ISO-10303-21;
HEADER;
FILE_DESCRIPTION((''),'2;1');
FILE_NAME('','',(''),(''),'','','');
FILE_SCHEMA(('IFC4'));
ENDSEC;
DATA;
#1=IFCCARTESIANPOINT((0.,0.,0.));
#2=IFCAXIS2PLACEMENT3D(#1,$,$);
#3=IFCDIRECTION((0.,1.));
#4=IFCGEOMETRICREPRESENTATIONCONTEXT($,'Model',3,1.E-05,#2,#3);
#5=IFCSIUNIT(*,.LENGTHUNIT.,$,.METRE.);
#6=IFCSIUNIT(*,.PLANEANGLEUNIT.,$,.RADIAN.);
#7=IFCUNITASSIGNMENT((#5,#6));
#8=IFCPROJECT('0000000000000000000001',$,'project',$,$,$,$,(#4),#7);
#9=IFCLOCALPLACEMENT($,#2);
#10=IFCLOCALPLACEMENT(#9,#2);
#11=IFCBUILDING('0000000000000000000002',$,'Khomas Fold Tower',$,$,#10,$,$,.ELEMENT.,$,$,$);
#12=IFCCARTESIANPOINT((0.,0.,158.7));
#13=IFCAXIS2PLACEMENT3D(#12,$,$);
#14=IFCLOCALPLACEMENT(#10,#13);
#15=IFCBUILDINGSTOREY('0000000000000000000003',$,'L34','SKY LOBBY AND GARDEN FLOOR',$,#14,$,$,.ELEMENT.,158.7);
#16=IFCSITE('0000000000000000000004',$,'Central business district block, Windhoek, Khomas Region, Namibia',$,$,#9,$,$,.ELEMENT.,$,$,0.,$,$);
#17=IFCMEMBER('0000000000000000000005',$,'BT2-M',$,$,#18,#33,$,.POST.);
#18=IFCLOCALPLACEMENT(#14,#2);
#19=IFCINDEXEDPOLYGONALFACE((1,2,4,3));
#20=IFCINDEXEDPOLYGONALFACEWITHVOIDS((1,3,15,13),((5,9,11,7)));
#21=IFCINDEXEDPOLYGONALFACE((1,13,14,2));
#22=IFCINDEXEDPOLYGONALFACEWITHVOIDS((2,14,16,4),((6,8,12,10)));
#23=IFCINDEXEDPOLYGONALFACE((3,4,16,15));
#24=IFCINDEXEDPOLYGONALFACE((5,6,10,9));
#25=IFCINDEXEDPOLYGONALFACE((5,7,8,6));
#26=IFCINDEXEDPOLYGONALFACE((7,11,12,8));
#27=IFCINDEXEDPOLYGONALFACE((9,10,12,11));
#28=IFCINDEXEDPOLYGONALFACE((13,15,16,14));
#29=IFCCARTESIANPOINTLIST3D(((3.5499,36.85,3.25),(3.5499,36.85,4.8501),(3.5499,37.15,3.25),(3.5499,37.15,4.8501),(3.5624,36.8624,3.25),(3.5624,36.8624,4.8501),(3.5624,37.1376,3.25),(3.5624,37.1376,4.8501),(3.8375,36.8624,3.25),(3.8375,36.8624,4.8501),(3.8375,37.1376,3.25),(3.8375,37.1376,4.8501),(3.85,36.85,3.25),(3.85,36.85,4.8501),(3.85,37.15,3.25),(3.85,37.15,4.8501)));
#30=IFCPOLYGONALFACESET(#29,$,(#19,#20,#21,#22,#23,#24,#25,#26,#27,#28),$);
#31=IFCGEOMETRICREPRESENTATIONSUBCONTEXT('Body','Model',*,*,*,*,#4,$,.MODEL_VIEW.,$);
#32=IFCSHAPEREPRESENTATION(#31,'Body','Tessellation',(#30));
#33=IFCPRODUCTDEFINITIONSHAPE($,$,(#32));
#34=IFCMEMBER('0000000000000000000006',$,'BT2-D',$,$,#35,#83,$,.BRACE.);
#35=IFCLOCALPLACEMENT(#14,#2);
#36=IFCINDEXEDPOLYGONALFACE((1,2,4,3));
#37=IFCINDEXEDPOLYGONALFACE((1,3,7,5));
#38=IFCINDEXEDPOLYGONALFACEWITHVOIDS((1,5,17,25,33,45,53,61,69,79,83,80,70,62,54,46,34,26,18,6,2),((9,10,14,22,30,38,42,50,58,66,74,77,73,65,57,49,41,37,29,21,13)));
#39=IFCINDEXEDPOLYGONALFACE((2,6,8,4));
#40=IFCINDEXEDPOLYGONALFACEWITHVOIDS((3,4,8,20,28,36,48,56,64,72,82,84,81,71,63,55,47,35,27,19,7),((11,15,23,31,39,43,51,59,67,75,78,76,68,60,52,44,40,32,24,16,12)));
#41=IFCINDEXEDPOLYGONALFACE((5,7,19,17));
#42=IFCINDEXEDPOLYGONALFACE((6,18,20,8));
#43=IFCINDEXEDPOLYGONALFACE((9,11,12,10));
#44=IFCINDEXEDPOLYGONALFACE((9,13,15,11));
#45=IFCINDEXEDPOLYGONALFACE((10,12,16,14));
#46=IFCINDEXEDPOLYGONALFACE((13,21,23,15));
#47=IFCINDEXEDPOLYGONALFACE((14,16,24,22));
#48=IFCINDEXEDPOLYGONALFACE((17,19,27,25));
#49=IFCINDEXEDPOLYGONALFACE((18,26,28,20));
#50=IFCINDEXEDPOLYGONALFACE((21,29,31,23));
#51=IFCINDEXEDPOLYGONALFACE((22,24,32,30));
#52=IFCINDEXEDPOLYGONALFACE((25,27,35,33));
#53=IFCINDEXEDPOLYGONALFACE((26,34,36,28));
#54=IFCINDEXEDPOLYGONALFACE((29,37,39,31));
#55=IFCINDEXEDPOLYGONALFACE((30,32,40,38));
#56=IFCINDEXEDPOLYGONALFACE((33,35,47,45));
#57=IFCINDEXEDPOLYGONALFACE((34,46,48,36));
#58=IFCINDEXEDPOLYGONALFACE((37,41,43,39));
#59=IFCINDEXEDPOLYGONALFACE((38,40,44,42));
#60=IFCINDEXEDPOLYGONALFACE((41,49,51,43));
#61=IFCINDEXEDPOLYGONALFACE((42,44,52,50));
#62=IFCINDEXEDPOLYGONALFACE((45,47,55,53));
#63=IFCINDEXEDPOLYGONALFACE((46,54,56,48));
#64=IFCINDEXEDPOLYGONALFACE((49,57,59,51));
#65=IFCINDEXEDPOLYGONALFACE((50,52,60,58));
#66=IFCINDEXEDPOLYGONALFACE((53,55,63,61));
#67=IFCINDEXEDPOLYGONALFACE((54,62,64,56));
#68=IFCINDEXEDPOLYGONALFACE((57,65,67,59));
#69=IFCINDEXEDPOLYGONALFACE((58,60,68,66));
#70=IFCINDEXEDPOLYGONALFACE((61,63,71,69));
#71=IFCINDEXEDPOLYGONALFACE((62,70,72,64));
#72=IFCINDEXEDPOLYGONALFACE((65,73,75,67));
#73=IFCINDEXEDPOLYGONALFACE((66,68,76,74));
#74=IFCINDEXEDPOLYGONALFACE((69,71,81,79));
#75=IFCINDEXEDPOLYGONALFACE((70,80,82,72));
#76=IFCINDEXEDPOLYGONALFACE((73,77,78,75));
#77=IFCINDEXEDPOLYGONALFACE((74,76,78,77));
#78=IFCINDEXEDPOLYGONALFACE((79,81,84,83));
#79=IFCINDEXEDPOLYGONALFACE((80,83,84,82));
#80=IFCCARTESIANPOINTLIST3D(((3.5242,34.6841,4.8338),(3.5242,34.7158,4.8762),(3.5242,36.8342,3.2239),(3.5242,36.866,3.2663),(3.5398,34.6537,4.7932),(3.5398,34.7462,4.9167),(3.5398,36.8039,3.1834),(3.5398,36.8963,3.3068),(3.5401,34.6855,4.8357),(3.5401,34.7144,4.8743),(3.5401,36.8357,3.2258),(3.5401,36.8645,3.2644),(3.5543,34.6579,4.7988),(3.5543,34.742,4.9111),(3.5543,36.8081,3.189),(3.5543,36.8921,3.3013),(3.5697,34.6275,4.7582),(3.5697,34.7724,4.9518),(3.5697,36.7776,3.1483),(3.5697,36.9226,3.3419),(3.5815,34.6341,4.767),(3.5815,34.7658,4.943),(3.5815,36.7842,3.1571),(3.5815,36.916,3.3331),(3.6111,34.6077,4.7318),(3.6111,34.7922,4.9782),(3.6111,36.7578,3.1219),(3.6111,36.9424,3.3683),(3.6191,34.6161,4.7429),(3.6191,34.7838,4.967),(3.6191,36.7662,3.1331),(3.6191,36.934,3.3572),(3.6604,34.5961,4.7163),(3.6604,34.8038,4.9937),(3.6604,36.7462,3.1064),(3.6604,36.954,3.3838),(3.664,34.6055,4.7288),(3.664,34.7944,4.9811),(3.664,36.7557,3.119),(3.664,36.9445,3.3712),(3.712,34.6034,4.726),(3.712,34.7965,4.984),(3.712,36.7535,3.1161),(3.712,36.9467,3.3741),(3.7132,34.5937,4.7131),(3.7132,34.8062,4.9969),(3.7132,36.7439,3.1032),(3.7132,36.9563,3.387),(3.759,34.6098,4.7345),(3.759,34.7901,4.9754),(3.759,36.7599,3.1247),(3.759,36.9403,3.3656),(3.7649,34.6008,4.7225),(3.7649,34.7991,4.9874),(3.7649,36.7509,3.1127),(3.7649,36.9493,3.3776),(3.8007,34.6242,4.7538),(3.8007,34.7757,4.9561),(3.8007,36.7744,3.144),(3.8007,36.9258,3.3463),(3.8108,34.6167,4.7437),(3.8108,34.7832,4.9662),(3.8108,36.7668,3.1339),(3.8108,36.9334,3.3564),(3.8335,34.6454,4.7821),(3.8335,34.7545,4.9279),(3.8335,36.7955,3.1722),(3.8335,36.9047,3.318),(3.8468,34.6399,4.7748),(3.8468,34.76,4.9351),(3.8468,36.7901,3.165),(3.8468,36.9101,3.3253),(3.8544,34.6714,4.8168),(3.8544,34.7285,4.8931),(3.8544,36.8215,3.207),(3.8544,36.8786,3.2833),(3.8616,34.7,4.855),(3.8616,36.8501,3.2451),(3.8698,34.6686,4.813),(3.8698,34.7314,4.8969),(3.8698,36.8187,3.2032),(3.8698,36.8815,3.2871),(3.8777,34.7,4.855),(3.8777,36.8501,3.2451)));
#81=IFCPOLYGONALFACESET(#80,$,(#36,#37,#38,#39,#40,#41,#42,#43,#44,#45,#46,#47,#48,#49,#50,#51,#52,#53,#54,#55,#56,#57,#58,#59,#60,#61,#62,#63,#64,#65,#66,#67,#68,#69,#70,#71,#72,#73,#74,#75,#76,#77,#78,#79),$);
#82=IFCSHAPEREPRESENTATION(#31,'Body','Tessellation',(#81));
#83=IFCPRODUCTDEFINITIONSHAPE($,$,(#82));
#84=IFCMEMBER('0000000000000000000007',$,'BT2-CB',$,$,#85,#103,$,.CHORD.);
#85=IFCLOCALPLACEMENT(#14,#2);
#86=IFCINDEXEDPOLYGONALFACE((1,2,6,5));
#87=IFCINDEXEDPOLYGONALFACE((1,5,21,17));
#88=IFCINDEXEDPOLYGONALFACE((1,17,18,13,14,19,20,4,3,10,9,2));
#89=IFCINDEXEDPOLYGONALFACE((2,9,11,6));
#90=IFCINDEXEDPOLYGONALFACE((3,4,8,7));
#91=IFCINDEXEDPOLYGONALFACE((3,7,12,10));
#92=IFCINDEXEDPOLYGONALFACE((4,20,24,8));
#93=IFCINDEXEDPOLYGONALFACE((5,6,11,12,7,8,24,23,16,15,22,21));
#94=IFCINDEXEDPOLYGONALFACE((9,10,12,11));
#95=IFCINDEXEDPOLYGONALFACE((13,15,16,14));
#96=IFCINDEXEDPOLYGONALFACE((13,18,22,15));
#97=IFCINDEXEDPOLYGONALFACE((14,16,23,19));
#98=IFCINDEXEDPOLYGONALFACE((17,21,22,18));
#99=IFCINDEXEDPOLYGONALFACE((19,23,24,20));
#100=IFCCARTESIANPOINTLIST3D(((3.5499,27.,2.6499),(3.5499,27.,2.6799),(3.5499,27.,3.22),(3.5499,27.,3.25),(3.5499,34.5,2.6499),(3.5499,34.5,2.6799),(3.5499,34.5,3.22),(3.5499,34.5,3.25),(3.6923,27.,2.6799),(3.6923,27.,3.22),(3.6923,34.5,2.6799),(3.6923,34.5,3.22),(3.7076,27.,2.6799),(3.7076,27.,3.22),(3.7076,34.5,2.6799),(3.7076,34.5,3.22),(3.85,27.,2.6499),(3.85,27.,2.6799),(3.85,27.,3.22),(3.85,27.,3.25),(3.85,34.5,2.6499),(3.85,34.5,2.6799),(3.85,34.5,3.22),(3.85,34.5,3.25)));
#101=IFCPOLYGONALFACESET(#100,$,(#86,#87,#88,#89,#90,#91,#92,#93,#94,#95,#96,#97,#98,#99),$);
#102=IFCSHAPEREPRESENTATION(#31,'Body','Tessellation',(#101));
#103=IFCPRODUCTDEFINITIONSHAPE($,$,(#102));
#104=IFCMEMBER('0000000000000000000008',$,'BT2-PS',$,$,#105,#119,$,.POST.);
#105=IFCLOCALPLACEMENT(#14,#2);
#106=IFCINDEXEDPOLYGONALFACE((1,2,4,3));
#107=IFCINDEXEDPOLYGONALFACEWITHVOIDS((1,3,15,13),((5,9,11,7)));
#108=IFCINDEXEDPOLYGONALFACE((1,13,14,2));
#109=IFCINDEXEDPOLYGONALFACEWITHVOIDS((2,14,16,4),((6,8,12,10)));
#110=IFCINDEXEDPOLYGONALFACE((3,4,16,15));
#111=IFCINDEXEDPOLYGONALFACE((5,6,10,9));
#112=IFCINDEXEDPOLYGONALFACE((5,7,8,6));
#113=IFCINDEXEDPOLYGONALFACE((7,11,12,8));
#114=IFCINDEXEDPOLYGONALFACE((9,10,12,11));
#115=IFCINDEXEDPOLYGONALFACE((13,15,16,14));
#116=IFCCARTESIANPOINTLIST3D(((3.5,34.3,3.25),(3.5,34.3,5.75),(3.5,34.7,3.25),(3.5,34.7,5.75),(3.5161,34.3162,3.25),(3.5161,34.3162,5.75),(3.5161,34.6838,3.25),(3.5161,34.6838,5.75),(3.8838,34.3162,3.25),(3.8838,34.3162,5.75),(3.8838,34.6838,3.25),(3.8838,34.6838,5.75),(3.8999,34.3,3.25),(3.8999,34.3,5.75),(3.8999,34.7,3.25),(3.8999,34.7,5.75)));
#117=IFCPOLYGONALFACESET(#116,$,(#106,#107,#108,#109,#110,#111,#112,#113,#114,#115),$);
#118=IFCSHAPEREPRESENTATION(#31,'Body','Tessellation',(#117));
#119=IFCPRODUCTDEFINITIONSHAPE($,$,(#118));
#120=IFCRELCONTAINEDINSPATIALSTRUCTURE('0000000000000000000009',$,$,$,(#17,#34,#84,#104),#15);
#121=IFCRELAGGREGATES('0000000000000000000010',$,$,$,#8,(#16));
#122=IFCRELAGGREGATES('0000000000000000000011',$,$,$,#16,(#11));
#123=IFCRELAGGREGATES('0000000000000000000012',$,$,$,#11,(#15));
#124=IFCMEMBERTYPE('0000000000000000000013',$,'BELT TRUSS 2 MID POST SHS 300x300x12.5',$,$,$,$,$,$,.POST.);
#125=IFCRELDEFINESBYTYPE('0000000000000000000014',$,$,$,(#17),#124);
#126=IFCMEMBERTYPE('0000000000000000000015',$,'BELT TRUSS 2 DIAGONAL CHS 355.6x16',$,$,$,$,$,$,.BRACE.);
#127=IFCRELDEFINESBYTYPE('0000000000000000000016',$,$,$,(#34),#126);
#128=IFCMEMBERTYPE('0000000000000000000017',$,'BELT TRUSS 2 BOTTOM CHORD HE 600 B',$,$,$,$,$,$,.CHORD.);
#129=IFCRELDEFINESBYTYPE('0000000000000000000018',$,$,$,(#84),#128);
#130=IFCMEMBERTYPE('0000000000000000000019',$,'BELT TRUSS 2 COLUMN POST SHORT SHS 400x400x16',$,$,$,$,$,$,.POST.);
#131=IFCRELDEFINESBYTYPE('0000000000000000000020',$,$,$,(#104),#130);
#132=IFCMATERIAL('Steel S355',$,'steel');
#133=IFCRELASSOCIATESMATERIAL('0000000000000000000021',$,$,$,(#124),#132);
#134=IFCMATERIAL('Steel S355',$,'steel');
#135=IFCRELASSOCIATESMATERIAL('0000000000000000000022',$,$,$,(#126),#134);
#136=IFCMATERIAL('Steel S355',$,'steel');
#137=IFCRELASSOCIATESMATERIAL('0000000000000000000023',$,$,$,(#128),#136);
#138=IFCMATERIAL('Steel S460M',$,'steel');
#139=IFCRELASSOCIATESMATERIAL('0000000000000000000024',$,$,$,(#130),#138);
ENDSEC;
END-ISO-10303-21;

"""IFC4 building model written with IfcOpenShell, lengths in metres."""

from ifc_helpers import new_model, si_unit, direction, frame, origin, origin_2d, place, context, subcontext, project, spatial, hollow_rectangle, hollow_circle, i_section, extrude, source, transform, mapped, material, material_profile, profile_set, type_object, element, save


model = new_model("IFC4")

# Units and contexts
model_context = context("Model", 3, precision=1e-05, world=origin(), true_north=direction((0.0, 1.0)))
body_context = subcontext(model_context, "Body", "Model", "MODEL_VIEW")
ifc_project = project(units=[si_unit("LENGTHUNIT", "METRE"), si_unit("PLANEANGLEUNIT", "RADIAN")], contexts=[model_context])

# Site, building, storey
site_placement = place(None, origin())
site = spatial("IfcSite", under=ifc_project, at=site_placement, Name="Central business district block, Windhoek, Khomas Region, Namibia", CompositionType="ELEMENT", RefElevation=0.0)
building_placement = place(site_placement, origin())
building = spatial("IfcBuilding", under=site, at=building_placement, Name="Khomas Fold Tower", CompositionType="ELEMENT")
storey_placement = place(building_placement, frame((0.0, 0.0, 158.7)))
storey = spatial("IfcBuildingStorey", under=building, at=storey_placement, Name="L34", Description="SKY LOBBY AND GARDEN FLOOR", CompositionType="ELEMENT", Elevation=158.7)

# Members
ifc_material_1 = material(Name="Steel S355", Category="steel")
ifc_material_profile_1 = material_profile(ifc_material_1, hollow_rectangle(XDim=0.3, YDim=0.3, WallThickness=0.0125, at=origin_2d()), Name="SHS 300x300x12.5")
ifc_profile_set_1 = profile_set([ifc_material_profile_1], Name="Steel S355")
member_type_1 = type_object("IfcMemberType", Name="BELT TRUSS 2 MID POST SHS 300x300x12.5", PredefinedType="POST", material=ifc_profile_set_1)
shared_shape_1 = source(origin(), body_context, "Body", "SweptSolid", [
    extrude(hollow_rectangle(XDim=0.3, YDim=0.3, WallThickness=0.0125, at=origin_2d()), origin(), (0.0, 0.0, 1.0), 1.6001),
])
member_1_placement = place(storey_placement, frame((3.7, 37.0, 3.25), z_axis=(0.0, 0.0, 1.0), x_axis=(1.0, 0.0, 0.0)))
element("IfcMember", 1, at=member_1_placement, inside=storey, type_object=member_type_1, Name="BT2-M", PredefinedType="POST", context=body_context, shape_type="MappedRepresentation", body=[
    mapped(shared_shape_1, transform((0.0, 0.0, 0.0))),
])
ifc_material_2 = material(Name="Steel S355", Category="steel")
ifc_material_profile_2 = material_profile(ifc_material_2, hollow_circle(Radius=0.1777, WallThickness=0.0161, at=origin_2d()), Name="CHS 355.6x16")
ifc_profile_set_2 = profile_set([ifc_material_profile_2], Name="Steel S355")
member_type_2 = type_object("IfcMemberType", Name="BELT TRUSS 2 DIAGONAL CHS 355.6x16", PredefinedType="BRACE", material=ifc_profile_set_2)
shared_shape_2 = source(origin(), body_context, "Body", "SweptSolid", [
    extrude(hollow_circle(Radius=0.1777, WallThickness=0.0161, at=origin_2d()), origin(), (0.0, 0.0, 1.0), 2.686),
])
member_2_placement = place(storey_placement, frame((3.7, 36.8501, 3.2451), z_axis=(0.0, -0.800491, 0.599345), x_axis=(1.0, 0.0, 0.0)))
element("IfcMember", 2, at=member_2_placement, inside=storey, type_object=member_type_2, Name="BT2-D", PredefinedType="BRACE", context=body_context, shape_type="MappedRepresentation", body=[
    mapped(shared_shape_2, transform((0.0, 0.0, 0.0))),
])
ifc_material_3 = material(Name="Steel S355", Category="steel")
ifc_material_profile_3 = material_profile(ifc_material_3, i_section(OverallWidth=0.3, OverallDepth=0.6001, WebThickness=0.0154, FlangeThickness=0.03, at=origin_2d()), Name="HE 600 B")
ifc_profile_set_3 = profile_set([ifc_material_profile_3], Name="Steel S355")
member_type_3 = type_object("IfcMemberType", Name="BELT TRUSS 2 BOTTOM CHORD HE 600 B", PredefinedType="CHORD", material=ifc_profile_set_3)
shared_shape_3 = source(origin(), body_context, "Body", "SweptSolid", [
    extrude(i_section(OverallWidth=0.3, OverallDepth=0.6001, WebThickness=0.0154, FlangeThickness=0.03, at=origin_2d()), origin(), (0.0, 0.0, 1.0), 7.5),
])
member_3_placement = place(storey_placement, frame((3.7, 34.5, 2.95), z_axis=(0.0, -1.0, 0.0), x_axis=(1.0, 0.0, 0.0)))
element("IfcMember", 3, at=member_3_placement, inside=storey, type_object=member_type_3, Name="BT2-CB", PredefinedType="CHORD", context=body_context, shape_type="MappedRepresentation", body=[
    mapped(shared_shape_3, transform((0.0, 0.0, 0.0))),
])
ifc_material_4 = material(Name="Steel S460M", Category="steel")
ifc_material_profile_4 = material_profile(ifc_material_4, hollow_rectangle(XDim=0.3999, YDim=0.3999, WallThickness=0.0161, at=origin_2d()), Name="SHS 400x400x16")
ifc_profile_set_4 = profile_set([ifc_material_profile_4], Name="Steel S460M")
member_type_4 = type_object("IfcMemberType", Name="BELT TRUSS 2 COLUMN POST SHORT SHS 400x400x16", PredefinedType="POST", material=ifc_profile_set_4)
shared_shape_4 = source(origin(), body_context, "Body", "SweptSolid", [
    extrude(hollow_rectangle(XDim=0.3999, YDim=0.3999, WallThickness=0.0161, at=origin_2d()), origin(), (0.0, 0.0, 1.0), 2.5),
])
member_4_placement = place(storey_placement, frame((3.7, 34.5, 3.25), z_axis=(0.0, 0.0, 1.0), x_axis=(1.0, 0.0, 0.0)))
element("IfcMember", 4, at=member_4_placement, inside=storey, type_object=member_type_4, Name="BT2-PS", PredefinedType="POST", context=body_context, shape_type="MappedRepresentation", body=[
    mapped(shared_shape_4, transform((0.0, 0.0, 0.0))),
])

save(model, "model.ifc")
